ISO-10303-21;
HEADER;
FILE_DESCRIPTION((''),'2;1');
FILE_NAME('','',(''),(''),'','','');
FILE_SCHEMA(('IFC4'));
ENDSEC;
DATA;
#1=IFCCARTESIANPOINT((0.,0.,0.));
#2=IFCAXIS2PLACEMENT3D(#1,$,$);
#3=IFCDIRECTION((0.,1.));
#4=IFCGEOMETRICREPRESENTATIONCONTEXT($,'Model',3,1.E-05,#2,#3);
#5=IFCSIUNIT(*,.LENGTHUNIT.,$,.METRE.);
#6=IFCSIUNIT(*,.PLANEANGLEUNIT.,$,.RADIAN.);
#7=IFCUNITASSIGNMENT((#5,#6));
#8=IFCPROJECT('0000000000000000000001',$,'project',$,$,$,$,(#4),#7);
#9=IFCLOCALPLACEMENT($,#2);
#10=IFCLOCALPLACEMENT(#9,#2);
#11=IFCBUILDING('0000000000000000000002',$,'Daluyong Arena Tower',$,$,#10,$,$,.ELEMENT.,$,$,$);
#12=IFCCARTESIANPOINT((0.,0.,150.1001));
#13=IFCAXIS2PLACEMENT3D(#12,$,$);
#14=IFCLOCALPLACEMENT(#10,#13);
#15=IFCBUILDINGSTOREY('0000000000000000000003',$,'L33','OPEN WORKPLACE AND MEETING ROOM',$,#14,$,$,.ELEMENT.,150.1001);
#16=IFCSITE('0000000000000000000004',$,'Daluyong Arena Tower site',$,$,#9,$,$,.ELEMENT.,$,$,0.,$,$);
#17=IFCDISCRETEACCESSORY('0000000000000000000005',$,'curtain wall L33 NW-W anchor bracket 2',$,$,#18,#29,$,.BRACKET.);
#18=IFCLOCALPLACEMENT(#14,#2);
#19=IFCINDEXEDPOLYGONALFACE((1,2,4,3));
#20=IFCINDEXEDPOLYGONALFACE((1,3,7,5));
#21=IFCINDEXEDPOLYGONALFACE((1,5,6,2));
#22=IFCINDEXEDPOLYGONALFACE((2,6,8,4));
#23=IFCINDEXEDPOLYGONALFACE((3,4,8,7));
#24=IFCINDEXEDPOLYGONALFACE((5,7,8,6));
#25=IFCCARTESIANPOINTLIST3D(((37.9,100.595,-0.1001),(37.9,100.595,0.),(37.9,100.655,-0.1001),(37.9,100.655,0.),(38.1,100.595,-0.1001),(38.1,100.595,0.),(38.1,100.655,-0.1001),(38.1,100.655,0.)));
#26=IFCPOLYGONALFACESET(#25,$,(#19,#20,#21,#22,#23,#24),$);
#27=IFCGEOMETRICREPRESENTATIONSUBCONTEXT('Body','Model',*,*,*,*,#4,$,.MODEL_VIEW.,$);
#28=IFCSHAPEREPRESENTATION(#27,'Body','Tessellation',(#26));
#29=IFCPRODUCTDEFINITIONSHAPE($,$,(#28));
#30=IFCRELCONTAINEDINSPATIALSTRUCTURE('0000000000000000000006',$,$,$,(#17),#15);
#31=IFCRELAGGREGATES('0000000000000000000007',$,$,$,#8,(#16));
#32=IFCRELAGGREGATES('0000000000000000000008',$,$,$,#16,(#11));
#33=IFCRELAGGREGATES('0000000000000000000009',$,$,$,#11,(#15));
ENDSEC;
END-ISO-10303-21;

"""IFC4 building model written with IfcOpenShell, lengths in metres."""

from ifc_helpers import new_model, si_unit, direction, frame, origin, origin_2d, place, context, subcontext, project, spatial, rectangle, extrude, element, save


model = new_model("IFC4")

# Units and contexts
model_context = context("Model", 3, precision=1e-05, world=origin(), true_north=direction((0.0, 1.0)))
body_context = subcontext(model_context, "Body", "Model", "MODEL_VIEW")
ifc_project = project(units=[si_unit("LENGTHUNIT", "METRE"), si_unit("PLANEANGLEUNIT", "RADIAN")], contexts=[model_context])

# Site, building, storey
site_placement = place(None, origin())
site = spatial("IfcSite", under=ifc_project, at=site_placement, Name="Daluyong Arena Tower site", CompositionType="ELEMENT", RefElevation=0.0)
building_placement = place(site_placement, origin())
building = spatial("IfcBuilding", under=site, at=building_placement, Name="Daluyong Arena Tower", CompositionType="ELEMENT")
storey_placement = place(building_placement, frame((0.0, 0.0, 150.1001)))
storey = spatial("IfcBuildingStorey", under=building, at=storey_placement, Name="L33", Description="OPEN WORKPLACE AND MEETING ROOM", CompositionType="ELEMENT", Elevation=150.1001)

# Discrete accessory
discrete_accessory_1_placement = place(storey_placement, frame((38.0, 100.625, -0.1001), z_axis=(0.0, 0.0, 1.0), x_axis=(0.0, -1.0, 0.0)))
element("IfcDiscreteAccessory", 1, at=discrete_accessory_1_placement, inside=storey, Name="curtain wall L33 NW-W anchor bracket 2", PredefinedType="BRACKET", context=body_context, shape_type="SweptSolid", body=[
    extrude(rectangle(XDim=0.0601, YDim=0.2, at=origin_2d()), origin(), (0.0, 0.0, 1.0), 0.1001),
])

save(model, "model.ifc")
